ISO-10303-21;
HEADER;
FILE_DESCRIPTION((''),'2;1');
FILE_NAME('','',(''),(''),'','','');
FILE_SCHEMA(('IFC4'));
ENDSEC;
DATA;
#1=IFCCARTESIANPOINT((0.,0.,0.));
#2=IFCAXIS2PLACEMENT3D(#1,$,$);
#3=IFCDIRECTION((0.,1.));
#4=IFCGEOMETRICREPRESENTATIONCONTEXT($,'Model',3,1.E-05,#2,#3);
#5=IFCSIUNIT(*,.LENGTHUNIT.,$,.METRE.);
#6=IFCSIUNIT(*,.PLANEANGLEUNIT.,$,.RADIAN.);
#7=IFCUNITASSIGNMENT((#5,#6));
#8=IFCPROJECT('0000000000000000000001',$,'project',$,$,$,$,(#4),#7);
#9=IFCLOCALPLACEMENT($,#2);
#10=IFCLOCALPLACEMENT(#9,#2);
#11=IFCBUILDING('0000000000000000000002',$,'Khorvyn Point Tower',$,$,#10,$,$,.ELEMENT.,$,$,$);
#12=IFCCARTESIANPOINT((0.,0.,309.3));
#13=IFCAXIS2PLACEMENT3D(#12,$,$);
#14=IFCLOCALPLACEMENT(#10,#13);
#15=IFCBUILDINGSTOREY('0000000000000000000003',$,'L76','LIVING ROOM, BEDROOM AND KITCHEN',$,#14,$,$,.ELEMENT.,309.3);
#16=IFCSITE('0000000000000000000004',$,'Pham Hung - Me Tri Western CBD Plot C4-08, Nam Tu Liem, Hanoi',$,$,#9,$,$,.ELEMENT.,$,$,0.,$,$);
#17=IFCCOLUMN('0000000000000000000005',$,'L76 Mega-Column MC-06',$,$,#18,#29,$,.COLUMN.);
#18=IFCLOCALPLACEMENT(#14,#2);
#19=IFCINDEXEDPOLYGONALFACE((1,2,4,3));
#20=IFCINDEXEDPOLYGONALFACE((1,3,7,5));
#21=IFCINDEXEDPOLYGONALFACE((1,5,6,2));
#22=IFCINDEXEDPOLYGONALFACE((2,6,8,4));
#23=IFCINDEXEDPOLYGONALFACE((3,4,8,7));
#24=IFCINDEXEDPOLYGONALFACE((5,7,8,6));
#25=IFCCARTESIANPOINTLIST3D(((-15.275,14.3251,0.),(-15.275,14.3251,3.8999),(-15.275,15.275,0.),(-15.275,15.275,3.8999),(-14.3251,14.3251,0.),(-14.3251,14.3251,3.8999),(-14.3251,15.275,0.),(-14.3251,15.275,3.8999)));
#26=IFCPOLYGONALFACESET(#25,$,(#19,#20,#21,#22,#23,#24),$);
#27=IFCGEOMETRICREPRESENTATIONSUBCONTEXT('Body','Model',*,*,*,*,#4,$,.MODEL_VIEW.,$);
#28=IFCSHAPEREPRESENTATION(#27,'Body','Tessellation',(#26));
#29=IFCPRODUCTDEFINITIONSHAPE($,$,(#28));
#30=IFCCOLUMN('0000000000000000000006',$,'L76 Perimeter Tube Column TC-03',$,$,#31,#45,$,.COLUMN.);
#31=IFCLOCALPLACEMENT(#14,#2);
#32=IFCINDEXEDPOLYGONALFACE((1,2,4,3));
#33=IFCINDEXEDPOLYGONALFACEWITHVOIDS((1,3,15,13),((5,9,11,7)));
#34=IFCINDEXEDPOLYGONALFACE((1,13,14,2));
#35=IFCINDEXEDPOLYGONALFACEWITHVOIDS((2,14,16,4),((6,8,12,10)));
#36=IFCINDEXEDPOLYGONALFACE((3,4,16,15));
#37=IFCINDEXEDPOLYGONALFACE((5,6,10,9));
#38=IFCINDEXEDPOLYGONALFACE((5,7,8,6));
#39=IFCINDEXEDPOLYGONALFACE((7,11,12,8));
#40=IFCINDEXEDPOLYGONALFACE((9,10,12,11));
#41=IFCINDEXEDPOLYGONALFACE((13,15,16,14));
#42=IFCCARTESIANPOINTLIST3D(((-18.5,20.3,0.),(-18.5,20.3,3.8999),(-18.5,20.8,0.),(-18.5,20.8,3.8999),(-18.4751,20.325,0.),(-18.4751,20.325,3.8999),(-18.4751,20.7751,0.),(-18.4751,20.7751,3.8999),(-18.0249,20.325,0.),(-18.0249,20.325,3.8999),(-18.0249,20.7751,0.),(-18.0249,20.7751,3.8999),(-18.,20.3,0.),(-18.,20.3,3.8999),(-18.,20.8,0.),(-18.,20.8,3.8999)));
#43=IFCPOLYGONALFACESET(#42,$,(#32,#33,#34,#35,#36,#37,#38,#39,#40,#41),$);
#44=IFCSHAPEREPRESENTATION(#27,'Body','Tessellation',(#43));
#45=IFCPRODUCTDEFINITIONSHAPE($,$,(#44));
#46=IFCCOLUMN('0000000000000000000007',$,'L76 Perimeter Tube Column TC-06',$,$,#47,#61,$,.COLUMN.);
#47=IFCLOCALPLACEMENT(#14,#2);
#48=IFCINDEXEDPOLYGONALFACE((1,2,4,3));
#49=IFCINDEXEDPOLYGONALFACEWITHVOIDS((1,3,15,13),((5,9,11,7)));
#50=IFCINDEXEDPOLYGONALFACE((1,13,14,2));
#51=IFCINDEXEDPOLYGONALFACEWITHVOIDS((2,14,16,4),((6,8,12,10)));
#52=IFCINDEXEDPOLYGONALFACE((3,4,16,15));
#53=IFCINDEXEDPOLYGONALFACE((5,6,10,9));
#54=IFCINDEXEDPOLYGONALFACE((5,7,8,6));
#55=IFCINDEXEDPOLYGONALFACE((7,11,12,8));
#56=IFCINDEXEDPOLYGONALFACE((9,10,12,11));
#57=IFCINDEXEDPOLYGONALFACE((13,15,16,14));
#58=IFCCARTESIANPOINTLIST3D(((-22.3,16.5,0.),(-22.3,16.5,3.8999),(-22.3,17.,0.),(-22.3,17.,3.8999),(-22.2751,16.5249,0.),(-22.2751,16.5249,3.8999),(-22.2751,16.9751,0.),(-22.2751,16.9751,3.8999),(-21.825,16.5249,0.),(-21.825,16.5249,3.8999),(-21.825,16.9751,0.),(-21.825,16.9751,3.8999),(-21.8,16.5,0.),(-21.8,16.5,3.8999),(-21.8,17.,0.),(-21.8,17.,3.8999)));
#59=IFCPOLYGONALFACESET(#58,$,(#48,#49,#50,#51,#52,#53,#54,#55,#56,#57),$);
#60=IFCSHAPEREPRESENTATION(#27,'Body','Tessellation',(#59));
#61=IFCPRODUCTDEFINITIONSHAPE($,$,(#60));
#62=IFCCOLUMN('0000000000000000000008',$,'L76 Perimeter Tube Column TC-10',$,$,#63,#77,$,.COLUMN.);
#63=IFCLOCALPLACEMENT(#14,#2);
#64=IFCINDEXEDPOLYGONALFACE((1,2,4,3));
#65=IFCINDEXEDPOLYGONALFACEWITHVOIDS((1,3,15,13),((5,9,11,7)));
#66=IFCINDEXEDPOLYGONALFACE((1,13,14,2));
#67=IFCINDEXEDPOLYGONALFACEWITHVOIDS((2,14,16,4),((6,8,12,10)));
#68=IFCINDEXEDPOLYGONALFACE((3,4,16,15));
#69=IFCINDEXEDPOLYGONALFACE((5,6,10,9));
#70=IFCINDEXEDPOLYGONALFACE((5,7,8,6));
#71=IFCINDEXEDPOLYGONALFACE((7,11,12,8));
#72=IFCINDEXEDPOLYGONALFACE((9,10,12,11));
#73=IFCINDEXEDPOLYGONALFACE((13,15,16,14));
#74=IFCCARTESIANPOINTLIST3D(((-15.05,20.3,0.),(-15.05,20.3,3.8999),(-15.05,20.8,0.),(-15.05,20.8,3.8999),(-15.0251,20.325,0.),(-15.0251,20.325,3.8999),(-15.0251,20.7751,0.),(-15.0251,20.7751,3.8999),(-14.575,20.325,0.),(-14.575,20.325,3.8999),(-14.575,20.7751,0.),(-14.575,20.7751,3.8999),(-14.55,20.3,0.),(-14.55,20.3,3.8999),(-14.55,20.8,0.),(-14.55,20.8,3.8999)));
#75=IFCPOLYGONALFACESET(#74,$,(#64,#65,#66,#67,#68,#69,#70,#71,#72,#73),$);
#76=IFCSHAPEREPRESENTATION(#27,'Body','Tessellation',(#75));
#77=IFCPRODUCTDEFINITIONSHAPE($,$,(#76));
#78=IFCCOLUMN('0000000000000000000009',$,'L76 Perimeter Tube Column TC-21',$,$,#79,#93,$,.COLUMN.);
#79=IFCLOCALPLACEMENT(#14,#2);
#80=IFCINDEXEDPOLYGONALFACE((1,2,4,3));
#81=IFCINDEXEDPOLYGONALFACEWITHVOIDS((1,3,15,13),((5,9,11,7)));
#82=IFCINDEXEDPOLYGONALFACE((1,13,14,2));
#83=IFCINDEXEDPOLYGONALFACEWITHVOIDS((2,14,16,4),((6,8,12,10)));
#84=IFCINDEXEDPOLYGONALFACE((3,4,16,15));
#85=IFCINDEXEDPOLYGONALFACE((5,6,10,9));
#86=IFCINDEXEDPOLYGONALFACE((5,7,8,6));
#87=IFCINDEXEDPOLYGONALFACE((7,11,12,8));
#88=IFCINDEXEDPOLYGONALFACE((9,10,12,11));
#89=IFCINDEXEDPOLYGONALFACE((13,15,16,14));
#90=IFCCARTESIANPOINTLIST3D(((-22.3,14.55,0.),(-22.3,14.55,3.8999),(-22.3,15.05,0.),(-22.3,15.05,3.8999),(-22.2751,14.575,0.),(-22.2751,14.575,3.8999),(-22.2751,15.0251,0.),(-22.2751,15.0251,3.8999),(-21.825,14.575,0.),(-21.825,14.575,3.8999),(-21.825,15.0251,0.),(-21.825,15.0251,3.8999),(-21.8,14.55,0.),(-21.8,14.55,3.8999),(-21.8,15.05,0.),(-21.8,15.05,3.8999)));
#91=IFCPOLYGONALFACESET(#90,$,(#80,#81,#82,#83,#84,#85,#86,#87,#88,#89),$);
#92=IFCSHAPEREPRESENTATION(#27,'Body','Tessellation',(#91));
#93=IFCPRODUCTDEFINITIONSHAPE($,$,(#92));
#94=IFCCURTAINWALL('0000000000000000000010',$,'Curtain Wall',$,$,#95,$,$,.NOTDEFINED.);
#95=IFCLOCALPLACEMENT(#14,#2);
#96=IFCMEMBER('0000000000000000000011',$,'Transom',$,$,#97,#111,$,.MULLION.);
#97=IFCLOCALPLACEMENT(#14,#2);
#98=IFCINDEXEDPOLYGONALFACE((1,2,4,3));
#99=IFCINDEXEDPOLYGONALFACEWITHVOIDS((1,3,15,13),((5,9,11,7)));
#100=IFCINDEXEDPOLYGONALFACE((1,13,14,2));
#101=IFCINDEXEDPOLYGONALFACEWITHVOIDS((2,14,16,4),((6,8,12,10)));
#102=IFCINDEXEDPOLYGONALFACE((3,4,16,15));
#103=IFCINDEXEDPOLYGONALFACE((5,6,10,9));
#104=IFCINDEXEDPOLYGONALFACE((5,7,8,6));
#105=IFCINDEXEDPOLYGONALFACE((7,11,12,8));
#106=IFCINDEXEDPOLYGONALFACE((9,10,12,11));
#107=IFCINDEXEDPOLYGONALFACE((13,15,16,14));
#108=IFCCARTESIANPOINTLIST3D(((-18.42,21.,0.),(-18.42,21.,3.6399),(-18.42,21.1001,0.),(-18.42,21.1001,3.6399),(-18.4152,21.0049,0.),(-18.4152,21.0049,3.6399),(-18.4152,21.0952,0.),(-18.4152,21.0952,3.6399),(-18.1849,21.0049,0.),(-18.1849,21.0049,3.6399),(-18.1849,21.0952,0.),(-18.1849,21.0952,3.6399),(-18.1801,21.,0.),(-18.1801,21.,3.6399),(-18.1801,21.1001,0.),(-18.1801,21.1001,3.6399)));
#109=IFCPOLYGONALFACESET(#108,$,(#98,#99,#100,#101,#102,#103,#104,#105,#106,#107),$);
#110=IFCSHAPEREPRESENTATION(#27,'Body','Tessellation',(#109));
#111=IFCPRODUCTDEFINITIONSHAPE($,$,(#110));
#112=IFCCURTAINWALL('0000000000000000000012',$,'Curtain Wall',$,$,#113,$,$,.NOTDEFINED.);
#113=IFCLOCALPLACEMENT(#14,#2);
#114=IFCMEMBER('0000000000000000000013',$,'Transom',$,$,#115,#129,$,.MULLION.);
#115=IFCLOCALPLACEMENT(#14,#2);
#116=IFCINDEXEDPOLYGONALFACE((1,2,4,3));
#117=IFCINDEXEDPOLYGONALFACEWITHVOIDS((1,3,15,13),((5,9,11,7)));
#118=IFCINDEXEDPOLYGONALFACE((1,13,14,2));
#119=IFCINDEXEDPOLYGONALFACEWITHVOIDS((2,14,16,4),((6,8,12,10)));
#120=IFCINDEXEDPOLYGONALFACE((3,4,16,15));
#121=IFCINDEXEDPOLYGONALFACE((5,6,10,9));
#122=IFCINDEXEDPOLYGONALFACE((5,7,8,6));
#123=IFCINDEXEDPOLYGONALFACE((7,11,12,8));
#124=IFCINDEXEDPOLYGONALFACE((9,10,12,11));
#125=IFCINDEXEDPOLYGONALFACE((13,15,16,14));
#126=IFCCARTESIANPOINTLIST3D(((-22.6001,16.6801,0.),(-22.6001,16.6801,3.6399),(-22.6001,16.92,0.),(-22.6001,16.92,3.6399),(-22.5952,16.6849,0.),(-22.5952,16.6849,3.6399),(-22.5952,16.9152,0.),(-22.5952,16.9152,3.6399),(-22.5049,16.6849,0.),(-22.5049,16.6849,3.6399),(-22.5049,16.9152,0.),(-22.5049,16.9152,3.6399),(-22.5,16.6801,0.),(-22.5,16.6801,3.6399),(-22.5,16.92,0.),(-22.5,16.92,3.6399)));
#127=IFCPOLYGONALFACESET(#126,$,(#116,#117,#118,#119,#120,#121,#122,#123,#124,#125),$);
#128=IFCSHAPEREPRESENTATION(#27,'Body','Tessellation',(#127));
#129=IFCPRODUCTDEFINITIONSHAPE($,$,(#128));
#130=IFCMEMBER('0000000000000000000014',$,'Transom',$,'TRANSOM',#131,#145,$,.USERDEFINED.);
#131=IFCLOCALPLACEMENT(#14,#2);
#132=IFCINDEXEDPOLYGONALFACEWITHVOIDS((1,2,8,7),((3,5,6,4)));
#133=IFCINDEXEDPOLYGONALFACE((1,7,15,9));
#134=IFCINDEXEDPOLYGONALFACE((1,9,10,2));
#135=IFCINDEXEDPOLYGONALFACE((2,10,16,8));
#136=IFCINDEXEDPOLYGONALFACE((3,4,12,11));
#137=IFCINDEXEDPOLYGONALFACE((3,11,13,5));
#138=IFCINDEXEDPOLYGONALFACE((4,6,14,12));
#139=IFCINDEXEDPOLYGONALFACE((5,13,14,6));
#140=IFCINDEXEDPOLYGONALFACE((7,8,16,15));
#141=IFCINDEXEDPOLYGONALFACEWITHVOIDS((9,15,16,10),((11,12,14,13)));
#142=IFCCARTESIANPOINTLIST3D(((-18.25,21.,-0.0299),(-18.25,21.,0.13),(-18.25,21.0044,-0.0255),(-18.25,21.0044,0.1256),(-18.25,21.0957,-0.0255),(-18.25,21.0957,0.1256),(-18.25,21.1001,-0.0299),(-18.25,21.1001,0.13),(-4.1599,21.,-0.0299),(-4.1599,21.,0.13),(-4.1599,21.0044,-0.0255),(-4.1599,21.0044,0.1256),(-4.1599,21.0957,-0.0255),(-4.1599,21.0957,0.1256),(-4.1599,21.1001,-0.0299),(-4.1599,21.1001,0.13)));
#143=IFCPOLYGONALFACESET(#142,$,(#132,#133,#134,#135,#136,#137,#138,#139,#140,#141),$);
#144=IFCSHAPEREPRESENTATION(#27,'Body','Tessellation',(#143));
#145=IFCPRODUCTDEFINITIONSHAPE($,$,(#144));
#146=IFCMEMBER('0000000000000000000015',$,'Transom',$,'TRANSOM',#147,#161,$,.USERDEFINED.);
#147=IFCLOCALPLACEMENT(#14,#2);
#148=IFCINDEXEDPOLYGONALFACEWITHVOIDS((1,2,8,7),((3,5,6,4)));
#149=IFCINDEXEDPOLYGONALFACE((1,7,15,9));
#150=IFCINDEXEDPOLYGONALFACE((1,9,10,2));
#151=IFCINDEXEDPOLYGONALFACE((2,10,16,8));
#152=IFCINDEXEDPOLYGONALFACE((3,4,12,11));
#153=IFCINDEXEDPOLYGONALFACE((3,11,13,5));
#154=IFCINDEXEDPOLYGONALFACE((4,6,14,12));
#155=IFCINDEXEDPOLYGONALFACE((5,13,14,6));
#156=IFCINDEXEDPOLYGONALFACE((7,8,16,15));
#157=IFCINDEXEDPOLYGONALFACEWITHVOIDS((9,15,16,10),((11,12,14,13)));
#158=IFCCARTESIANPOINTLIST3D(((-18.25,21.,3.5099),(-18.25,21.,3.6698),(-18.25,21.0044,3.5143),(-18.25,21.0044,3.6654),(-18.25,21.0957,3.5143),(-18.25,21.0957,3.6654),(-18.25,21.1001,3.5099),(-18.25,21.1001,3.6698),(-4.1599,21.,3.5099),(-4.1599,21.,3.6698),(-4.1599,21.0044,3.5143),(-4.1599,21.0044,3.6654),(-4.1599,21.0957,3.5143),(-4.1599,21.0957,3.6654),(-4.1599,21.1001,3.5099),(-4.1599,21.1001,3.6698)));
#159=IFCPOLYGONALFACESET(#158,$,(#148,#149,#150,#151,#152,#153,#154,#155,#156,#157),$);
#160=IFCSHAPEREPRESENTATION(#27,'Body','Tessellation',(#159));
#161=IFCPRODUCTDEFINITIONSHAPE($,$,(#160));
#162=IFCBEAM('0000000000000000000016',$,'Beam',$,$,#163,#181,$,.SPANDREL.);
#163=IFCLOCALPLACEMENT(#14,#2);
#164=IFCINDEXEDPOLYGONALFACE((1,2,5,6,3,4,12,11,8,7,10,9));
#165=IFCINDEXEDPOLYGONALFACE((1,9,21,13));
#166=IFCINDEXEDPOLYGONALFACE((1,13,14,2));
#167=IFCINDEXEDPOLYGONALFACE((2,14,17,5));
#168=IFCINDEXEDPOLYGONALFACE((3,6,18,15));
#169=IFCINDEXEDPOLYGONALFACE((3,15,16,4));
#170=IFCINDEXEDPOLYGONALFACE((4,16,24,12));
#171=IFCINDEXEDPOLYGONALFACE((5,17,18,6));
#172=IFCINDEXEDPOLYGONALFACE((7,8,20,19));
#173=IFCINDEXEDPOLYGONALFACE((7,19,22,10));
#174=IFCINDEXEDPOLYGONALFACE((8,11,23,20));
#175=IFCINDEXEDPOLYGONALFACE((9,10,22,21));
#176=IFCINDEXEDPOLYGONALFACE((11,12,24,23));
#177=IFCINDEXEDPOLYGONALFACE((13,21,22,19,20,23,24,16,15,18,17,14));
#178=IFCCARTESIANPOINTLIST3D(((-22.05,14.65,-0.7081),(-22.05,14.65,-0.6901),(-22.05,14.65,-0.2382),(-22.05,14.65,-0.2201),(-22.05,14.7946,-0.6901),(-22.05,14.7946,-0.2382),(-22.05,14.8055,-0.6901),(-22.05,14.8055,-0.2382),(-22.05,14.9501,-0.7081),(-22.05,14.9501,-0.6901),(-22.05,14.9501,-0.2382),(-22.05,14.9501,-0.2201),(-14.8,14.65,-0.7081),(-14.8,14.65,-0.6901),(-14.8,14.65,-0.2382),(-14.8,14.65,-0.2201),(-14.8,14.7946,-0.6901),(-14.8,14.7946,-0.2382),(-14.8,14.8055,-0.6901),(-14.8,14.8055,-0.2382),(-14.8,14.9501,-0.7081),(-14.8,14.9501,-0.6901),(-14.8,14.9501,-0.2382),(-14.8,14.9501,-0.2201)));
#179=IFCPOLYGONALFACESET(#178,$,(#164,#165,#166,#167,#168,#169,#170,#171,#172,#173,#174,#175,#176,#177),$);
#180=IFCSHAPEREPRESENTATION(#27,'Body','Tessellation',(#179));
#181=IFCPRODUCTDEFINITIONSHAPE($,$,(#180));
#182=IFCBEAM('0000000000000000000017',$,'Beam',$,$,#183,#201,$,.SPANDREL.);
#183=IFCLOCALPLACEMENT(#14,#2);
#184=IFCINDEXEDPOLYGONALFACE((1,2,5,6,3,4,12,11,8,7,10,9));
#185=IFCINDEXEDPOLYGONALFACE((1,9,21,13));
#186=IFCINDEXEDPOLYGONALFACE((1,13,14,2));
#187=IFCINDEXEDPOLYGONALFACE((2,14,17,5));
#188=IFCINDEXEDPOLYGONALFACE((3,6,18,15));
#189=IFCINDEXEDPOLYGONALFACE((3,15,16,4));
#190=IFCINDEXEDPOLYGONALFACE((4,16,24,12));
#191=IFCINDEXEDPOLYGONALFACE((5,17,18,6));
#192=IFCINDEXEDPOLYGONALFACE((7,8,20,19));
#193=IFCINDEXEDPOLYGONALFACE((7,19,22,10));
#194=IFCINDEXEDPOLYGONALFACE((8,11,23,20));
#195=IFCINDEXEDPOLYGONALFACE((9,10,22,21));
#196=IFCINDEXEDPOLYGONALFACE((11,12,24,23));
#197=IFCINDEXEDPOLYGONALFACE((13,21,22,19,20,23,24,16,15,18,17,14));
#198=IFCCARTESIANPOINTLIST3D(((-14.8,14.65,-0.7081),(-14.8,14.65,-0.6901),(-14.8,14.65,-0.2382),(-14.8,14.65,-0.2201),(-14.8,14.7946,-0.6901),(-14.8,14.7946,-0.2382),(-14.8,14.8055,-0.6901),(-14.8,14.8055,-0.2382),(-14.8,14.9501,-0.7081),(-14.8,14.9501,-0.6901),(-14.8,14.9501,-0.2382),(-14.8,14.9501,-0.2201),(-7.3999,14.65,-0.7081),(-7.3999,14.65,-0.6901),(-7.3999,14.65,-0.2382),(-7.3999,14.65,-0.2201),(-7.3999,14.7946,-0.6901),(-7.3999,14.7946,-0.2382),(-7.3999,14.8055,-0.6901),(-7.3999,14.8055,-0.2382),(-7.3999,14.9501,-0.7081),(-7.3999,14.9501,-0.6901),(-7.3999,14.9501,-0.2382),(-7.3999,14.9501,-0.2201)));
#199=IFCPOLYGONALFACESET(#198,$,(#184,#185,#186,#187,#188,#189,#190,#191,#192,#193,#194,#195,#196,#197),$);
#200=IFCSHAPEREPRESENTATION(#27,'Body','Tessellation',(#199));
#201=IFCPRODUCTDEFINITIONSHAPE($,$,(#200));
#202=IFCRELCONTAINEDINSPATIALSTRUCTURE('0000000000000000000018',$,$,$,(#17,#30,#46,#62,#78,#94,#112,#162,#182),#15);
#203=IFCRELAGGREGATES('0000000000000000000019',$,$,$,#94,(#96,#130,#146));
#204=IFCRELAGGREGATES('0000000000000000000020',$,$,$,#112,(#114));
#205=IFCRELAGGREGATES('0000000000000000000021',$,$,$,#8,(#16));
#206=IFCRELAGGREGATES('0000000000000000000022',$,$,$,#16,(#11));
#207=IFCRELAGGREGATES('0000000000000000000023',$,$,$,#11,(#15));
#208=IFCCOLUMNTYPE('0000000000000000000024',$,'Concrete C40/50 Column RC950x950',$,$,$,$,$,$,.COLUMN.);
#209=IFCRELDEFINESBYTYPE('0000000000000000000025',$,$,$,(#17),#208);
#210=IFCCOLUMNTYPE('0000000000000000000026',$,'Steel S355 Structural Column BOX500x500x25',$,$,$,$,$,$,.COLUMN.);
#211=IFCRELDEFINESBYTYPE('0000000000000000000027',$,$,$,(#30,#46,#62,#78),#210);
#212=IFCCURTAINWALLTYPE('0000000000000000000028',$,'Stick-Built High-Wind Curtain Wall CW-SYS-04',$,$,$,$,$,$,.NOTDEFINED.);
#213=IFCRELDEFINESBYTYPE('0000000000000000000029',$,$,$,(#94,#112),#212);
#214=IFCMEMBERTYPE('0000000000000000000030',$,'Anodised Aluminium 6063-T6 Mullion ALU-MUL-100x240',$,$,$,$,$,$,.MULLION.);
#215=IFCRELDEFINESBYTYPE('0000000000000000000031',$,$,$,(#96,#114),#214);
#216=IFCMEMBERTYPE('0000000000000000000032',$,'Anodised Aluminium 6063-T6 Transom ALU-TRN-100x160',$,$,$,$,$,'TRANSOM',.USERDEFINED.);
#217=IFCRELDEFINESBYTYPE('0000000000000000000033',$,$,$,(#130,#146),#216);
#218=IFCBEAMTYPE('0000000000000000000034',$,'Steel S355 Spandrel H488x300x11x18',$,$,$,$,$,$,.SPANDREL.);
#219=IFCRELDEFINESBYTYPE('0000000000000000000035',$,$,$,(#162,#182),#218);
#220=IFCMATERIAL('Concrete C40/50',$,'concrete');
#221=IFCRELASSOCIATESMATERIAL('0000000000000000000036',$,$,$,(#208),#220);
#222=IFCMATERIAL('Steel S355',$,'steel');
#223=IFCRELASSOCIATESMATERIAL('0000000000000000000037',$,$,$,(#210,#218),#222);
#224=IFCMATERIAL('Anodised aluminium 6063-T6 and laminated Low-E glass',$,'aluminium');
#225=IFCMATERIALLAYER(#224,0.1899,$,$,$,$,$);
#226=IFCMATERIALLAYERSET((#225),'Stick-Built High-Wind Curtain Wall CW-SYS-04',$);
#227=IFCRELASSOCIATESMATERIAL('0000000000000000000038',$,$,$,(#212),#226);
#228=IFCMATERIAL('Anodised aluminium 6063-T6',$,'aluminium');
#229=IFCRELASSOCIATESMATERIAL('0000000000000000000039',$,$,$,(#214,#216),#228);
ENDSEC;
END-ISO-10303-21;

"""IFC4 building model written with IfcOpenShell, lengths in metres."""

from ifc_helpers import new_model, si_unit, direction, frame, origin, origin_2d, place, context, subcontext, project, spatial, rectangle, hollow_rectangle, i_section, extrude, material, layer, layer_set, material_profile, profile_set, type_object, element, aggregate, save


model = new_model("IFC4")

# Units and contexts
model_context = context("Model", 3, precision=1e-05, world=origin(), true_north=direction((0.0, 1.0)))
body_context = subcontext(model_context, "Body", "Model", "MODEL_VIEW")
ifc_project = project(units=[si_unit("LENGTHUNIT", "METRE"), si_unit("PLANEANGLEUNIT", "RADIAN")], contexts=[model_context])

# Site, building, storey
site_placement = place(None, origin())
site = spatial("IfcSite", under=ifc_project, at=site_placement, Name="Pham Hung - Me Tri Western CBD Plot C4-08, Nam Tu Liem, Hanoi", CompositionType="ELEMENT", RefElevation=0.0)
building_placement = place(site_placement, origin())
building = spatial("IfcBuilding", under=site, at=building_placement, Name="Khorvyn Point Tower", CompositionType="ELEMENT")
storey_placement = place(building_placement, frame((0.0, 0.0, 309.3)))
storey = spatial("IfcBuildingStorey", under=building, at=storey_placement, Name="L76", Description="LIVING ROOM, BEDROOM AND KITCHEN", CompositionType="ELEMENT", Elevation=309.3)

# Columns
ifc_material_1 = material(Name="Concrete C40/50", Category="concrete")
ifc_material_profile_1 = material_profile(ifc_material_1, rectangle(XDim=0.95, YDim=0.95, at=origin_2d()))
ifc_profile_set_1 = profile_set([ifc_material_profile_1], Name="Concrete C40/50 RC950x950")
column_type_1 = type_object("IfcColumnType", Name="Concrete C40/50 Column RC950x950", PredefinedType="COLUMN", material=ifc_profile_set_1)
column_placement = place(storey_placement, frame((-14.8, 14.8, 0.0), z_axis=(0.0, 0.0, 1.0), x_axis=(1.0, 0.0, 0.0)))
element("IfcColumn", 1, at=column_placement, inside=storey, type_object=column_type_1, Name="L76 Mega-Column MC-06", PredefinedType="COLUMN", context=body_context, shape_type="SweptSolid", body=[
    extrude(rectangle(XDim=0.95, YDim=0.95, at=origin_2d()), origin(), (0.0, 0.0, 1.0), 3.8999),
])
ifc_material_2 = material(Name="Steel S355", Category="steel")
ifc_material_profile_2 = material_profile(ifc_material_2, hollow_rectangle(XDim=0.5, YDim=0.5, WallThickness=0.0249, at=origin_2d()))
ifc_profile_set_2 = profile_set([ifc_material_profile_2], Name="Steel S355 BOX500x500x25")
column_type_2 = type_object("IfcColumnType", Name="Steel S355 Structural Column BOX500x500x25", PredefinedType="COLUMN", material=ifc_profile_set_2)
for number, where, z_axis, x_axis, name in (
    (2, (-18.25, 20.55, 0.0), (0.0, 0.0, 1.0), (1.0, 0.0, 0.0), "L76 Perimeter Tube Column TC-03"),
    (3, (-22.05, 16.75, 0.0), (0.0, 0.0, 1.0), (1.0, 0.0, 0.0), "L76 Perimeter Tube Column TC-06"),
    (4, (-14.8, 20.55, 0.0), (0.0, 0.0, 1.0), (1.0, 0.0, 0.0), "L76 Perimeter Tube Column TC-10"),
    (5, (-22.05, 14.8, 0.0), (0.0, 0.0, 1.0), (1.0, 0.0, 0.0), "L76 Perimeter Tube Column TC-21"),
):
    element("IfcColumn", number, at=place(storey_placement, frame(where, z_axis=z_axis, x_axis=x_axis)), inside=storey, type_object=column_type_2, Name=name, PredefinedType="COLUMN", context=body_context, shape_type="SweptSolid", body=[
        extrude(hollow_rectangle(XDim=0.5, YDim=0.5, WallThickness=0.0249, at=origin_2d()), origin(), (0.0, 0.0, 1.0), 3.8999),
    ])

# Curtain walls, members
ifc_material_3 = material(Name="Anodised aluminium 6063-T6 and laminated Low-E glass", Category="aluminium")
ifc_layer_1 = layer(ifc_material_3, 0.1899)
ifc_layer_set_1 = layer_set([ifc_layer_1], Name="Stick-Built High-Wind Curtain Wall CW-SYS-04")
curtain_wall_type = type_object("IfcCurtainWallType", Name="Stick-Built High-Wind Curtain Wall CW-SYS-04", PredefinedType="NOTDEFINED", material=ifc_layer_set_1)
curtain_wall_1_placement = place(storey_placement, origin())
curtain_wall_1 = element("IfcCurtainWall", 6, at=curtain_wall_1_placement, inside=storey, type_object=curtain_wall_type, Name="Curtain Wall", PredefinedType="NOTDEFINED")
ifc_material_4 = material(Name="Anodised aluminium 6063-T6", Category="aluminium")
ifc_material_profile_3 = material_profile(ifc_material_4, hollow_rectangle(XDim=0.1001, YDim=0.24, WallThickness=0.0049, at=origin_2d()))
ifc_profile_set_3 = profile_set([ifc_material_profile_3], Name="Anodised aluminium 6063-T6 ALU-MUL-100x240")
member_type_1 = type_object("IfcMemberType", Name="Anodised Aluminium 6063-T6 Mullion ALU-MUL-100x240", PredefinedType="MULLION", material=ifc_profile_set_3)
member_1_placement = place(storey_placement, frame((-18.3, 21.05, 0.0), z_axis=(0.0, 0.0, 1.0), x_axis=(0.0, 1.0, 0.0)))
member_1 = element("IfcMember", 7, at=member_1_placement, type_object=member_type_1, Name="Transom", PredefinedType="MULLION", context=body_context, shape_type="SweptSolid", body=[
    extrude(hollow_rectangle(XDim=0.1001, YDim=0.24, WallThickness=0.0049, at=origin_2d()), origin(), (0.0, 0.0, 1.0), 3.6399),
])
curtain_wall_2_placement = place(storey_placement, origin())
curtain_wall_2 = element("IfcCurtainWall", 8, at=curtain_wall_2_placement, inside=storey, type_object=curtain_wall_type, Name="Curtain Wall", PredefinedType="NOTDEFINED")
member_2_placement = place(storey_placement, frame((-22.55, 16.8, 0.0), z_axis=(0.0, 0.0, 1.0), x_axis=(-1.0, 0.0, 0.0)))
member_2 = element("IfcMember", 9, at=member_2_placement, type_object=member_type_1, Name="Transom", PredefinedType="MULLION", context=body_context, shape_type="SweptSolid", body=[
    extrude(hollow_rectangle(XDim=0.1001, YDim=0.24, WallThickness=0.0049, at=origin_2d()), origin(), (0.0, 0.0, 1.0), 3.6399),
])

# Members
ifc_material_profile_4 = material_profile(ifc_material_4, hollow_rectangle(XDim=0.1001, YDim=0.1599, WallThickness=0.0044, at=origin_2d()))
ifc_profile_set_4 = profile_set([ifc_material_profile_4], Name="Anodised aluminium 6063-T6 ALU-TRN-100x160")
member_type_2 = type_object("IfcMemberType", Name="Anodised Aluminium 6063-T6 Transom ALU-TRN-100x160", ElementType="TRANSOM", PredefinedType="USERDEFINED", material=ifc_profile_set_4)
member_3_placement = place(storey_placement, frame((-18.25, 21.05, 0.05), z_axis=(1.0, 0.0, 0.0), x_axis=(0.0, 1.0, 0.0)))
member_3 = element("IfcMember", 10, at=member_3_placement, type_object=member_type_2, Name="Transom", ObjectType="TRANSOM", PredefinedType="USERDEFINED", context=body_context, shape_type="SweptSolid", body=[
    extrude(hollow_rectangle(XDim=0.1001, YDim=0.1599, WallThickness=0.0044, at=origin_2d()), origin(), (0.0, 0.0, 1.0), 14.0901),
])
member_4_placement = place(storey_placement, frame((-18.25, 21.05, 3.5898), z_axis=(1.0, 0.0, 0.0), x_axis=(0.0, 1.0, 0.0)))
member_4 = element("IfcMember", 11, at=member_4_placement, type_object=member_type_2, Name="Transom", ObjectType="TRANSOM", PredefinedType="USERDEFINED", context=body_context, shape_type="SweptSolid", body=[
    extrude(hollow_rectangle(XDim=0.1001, YDim=0.1599, WallThickness=0.0044, at=origin_2d()), origin(), (0.0, 0.0, 1.0), 14.0901),
])
aggregate(curtain_wall_1, [member_1, member_3, member_4])

# Beams
ifc_material_profile_5 = material_profile(ifc_material_2, i_section(OverallWidth=0.3, OverallDepth=0.488, WebThickness=0.011, FlangeThickness=0.0181, at=origin_2d()))
ifc_profile_set_5 = profile_set([ifc_material_profile_5], Name="Steel S355 H488x300x11x18")
beam_type_1 = type_object("IfcBeamType", Name="Steel S355 Spandrel H488x300x11x18", PredefinedType="SPANDREL", material=ifc_profile_set_5)
beam_1_placement = place(storey_placement, frame((-22.05, 14.8, -0.4641), z_axis=(1.0, 0.0, 0.0), x_axis=(0.0, 1.0, 0.0)))
element("IfcBeam", 12, at=beam_1_placement, inside=storey, type_object=beam_type_1, Name="Beam", PredefinedType="SPANDREL", context=body_context, shape_type="SweptSolid", body=[
    extrude(i_section(OverallWidth=0.3, OverallDepth=0.488, WebThickness=0.011, FlangeThickness=0.0181, at=origin_2d()), origin(), (0.0, 0.0, 1.0), 7.25),
])
beam_2_placement = place(storey_placement, frame((-14.8, 14.8, -0.4641), z_axis=(1.0, 0.0, 0.0), x_axis=(0.0, 1.0, 0.0)))
element("IfcBeam", 13, at=beam_2_placement, inside=storey, type_object=beam_type_1, Name="Beam", PredefinedType="SPANDREL", context=body_context, shape_type="SweptSolid", body=[
    extrude(i_section(OverallWidth=0.3, OverallDepth=0.488, WebThickness=0.011, FlangeThickness=0.0181, at=origin_2d()), origin(), (0.0, 0.0, 1.0), 7.4001),
])

aggregate(curtain_wall_2, [member_2])

save(model, "model.ifc")
